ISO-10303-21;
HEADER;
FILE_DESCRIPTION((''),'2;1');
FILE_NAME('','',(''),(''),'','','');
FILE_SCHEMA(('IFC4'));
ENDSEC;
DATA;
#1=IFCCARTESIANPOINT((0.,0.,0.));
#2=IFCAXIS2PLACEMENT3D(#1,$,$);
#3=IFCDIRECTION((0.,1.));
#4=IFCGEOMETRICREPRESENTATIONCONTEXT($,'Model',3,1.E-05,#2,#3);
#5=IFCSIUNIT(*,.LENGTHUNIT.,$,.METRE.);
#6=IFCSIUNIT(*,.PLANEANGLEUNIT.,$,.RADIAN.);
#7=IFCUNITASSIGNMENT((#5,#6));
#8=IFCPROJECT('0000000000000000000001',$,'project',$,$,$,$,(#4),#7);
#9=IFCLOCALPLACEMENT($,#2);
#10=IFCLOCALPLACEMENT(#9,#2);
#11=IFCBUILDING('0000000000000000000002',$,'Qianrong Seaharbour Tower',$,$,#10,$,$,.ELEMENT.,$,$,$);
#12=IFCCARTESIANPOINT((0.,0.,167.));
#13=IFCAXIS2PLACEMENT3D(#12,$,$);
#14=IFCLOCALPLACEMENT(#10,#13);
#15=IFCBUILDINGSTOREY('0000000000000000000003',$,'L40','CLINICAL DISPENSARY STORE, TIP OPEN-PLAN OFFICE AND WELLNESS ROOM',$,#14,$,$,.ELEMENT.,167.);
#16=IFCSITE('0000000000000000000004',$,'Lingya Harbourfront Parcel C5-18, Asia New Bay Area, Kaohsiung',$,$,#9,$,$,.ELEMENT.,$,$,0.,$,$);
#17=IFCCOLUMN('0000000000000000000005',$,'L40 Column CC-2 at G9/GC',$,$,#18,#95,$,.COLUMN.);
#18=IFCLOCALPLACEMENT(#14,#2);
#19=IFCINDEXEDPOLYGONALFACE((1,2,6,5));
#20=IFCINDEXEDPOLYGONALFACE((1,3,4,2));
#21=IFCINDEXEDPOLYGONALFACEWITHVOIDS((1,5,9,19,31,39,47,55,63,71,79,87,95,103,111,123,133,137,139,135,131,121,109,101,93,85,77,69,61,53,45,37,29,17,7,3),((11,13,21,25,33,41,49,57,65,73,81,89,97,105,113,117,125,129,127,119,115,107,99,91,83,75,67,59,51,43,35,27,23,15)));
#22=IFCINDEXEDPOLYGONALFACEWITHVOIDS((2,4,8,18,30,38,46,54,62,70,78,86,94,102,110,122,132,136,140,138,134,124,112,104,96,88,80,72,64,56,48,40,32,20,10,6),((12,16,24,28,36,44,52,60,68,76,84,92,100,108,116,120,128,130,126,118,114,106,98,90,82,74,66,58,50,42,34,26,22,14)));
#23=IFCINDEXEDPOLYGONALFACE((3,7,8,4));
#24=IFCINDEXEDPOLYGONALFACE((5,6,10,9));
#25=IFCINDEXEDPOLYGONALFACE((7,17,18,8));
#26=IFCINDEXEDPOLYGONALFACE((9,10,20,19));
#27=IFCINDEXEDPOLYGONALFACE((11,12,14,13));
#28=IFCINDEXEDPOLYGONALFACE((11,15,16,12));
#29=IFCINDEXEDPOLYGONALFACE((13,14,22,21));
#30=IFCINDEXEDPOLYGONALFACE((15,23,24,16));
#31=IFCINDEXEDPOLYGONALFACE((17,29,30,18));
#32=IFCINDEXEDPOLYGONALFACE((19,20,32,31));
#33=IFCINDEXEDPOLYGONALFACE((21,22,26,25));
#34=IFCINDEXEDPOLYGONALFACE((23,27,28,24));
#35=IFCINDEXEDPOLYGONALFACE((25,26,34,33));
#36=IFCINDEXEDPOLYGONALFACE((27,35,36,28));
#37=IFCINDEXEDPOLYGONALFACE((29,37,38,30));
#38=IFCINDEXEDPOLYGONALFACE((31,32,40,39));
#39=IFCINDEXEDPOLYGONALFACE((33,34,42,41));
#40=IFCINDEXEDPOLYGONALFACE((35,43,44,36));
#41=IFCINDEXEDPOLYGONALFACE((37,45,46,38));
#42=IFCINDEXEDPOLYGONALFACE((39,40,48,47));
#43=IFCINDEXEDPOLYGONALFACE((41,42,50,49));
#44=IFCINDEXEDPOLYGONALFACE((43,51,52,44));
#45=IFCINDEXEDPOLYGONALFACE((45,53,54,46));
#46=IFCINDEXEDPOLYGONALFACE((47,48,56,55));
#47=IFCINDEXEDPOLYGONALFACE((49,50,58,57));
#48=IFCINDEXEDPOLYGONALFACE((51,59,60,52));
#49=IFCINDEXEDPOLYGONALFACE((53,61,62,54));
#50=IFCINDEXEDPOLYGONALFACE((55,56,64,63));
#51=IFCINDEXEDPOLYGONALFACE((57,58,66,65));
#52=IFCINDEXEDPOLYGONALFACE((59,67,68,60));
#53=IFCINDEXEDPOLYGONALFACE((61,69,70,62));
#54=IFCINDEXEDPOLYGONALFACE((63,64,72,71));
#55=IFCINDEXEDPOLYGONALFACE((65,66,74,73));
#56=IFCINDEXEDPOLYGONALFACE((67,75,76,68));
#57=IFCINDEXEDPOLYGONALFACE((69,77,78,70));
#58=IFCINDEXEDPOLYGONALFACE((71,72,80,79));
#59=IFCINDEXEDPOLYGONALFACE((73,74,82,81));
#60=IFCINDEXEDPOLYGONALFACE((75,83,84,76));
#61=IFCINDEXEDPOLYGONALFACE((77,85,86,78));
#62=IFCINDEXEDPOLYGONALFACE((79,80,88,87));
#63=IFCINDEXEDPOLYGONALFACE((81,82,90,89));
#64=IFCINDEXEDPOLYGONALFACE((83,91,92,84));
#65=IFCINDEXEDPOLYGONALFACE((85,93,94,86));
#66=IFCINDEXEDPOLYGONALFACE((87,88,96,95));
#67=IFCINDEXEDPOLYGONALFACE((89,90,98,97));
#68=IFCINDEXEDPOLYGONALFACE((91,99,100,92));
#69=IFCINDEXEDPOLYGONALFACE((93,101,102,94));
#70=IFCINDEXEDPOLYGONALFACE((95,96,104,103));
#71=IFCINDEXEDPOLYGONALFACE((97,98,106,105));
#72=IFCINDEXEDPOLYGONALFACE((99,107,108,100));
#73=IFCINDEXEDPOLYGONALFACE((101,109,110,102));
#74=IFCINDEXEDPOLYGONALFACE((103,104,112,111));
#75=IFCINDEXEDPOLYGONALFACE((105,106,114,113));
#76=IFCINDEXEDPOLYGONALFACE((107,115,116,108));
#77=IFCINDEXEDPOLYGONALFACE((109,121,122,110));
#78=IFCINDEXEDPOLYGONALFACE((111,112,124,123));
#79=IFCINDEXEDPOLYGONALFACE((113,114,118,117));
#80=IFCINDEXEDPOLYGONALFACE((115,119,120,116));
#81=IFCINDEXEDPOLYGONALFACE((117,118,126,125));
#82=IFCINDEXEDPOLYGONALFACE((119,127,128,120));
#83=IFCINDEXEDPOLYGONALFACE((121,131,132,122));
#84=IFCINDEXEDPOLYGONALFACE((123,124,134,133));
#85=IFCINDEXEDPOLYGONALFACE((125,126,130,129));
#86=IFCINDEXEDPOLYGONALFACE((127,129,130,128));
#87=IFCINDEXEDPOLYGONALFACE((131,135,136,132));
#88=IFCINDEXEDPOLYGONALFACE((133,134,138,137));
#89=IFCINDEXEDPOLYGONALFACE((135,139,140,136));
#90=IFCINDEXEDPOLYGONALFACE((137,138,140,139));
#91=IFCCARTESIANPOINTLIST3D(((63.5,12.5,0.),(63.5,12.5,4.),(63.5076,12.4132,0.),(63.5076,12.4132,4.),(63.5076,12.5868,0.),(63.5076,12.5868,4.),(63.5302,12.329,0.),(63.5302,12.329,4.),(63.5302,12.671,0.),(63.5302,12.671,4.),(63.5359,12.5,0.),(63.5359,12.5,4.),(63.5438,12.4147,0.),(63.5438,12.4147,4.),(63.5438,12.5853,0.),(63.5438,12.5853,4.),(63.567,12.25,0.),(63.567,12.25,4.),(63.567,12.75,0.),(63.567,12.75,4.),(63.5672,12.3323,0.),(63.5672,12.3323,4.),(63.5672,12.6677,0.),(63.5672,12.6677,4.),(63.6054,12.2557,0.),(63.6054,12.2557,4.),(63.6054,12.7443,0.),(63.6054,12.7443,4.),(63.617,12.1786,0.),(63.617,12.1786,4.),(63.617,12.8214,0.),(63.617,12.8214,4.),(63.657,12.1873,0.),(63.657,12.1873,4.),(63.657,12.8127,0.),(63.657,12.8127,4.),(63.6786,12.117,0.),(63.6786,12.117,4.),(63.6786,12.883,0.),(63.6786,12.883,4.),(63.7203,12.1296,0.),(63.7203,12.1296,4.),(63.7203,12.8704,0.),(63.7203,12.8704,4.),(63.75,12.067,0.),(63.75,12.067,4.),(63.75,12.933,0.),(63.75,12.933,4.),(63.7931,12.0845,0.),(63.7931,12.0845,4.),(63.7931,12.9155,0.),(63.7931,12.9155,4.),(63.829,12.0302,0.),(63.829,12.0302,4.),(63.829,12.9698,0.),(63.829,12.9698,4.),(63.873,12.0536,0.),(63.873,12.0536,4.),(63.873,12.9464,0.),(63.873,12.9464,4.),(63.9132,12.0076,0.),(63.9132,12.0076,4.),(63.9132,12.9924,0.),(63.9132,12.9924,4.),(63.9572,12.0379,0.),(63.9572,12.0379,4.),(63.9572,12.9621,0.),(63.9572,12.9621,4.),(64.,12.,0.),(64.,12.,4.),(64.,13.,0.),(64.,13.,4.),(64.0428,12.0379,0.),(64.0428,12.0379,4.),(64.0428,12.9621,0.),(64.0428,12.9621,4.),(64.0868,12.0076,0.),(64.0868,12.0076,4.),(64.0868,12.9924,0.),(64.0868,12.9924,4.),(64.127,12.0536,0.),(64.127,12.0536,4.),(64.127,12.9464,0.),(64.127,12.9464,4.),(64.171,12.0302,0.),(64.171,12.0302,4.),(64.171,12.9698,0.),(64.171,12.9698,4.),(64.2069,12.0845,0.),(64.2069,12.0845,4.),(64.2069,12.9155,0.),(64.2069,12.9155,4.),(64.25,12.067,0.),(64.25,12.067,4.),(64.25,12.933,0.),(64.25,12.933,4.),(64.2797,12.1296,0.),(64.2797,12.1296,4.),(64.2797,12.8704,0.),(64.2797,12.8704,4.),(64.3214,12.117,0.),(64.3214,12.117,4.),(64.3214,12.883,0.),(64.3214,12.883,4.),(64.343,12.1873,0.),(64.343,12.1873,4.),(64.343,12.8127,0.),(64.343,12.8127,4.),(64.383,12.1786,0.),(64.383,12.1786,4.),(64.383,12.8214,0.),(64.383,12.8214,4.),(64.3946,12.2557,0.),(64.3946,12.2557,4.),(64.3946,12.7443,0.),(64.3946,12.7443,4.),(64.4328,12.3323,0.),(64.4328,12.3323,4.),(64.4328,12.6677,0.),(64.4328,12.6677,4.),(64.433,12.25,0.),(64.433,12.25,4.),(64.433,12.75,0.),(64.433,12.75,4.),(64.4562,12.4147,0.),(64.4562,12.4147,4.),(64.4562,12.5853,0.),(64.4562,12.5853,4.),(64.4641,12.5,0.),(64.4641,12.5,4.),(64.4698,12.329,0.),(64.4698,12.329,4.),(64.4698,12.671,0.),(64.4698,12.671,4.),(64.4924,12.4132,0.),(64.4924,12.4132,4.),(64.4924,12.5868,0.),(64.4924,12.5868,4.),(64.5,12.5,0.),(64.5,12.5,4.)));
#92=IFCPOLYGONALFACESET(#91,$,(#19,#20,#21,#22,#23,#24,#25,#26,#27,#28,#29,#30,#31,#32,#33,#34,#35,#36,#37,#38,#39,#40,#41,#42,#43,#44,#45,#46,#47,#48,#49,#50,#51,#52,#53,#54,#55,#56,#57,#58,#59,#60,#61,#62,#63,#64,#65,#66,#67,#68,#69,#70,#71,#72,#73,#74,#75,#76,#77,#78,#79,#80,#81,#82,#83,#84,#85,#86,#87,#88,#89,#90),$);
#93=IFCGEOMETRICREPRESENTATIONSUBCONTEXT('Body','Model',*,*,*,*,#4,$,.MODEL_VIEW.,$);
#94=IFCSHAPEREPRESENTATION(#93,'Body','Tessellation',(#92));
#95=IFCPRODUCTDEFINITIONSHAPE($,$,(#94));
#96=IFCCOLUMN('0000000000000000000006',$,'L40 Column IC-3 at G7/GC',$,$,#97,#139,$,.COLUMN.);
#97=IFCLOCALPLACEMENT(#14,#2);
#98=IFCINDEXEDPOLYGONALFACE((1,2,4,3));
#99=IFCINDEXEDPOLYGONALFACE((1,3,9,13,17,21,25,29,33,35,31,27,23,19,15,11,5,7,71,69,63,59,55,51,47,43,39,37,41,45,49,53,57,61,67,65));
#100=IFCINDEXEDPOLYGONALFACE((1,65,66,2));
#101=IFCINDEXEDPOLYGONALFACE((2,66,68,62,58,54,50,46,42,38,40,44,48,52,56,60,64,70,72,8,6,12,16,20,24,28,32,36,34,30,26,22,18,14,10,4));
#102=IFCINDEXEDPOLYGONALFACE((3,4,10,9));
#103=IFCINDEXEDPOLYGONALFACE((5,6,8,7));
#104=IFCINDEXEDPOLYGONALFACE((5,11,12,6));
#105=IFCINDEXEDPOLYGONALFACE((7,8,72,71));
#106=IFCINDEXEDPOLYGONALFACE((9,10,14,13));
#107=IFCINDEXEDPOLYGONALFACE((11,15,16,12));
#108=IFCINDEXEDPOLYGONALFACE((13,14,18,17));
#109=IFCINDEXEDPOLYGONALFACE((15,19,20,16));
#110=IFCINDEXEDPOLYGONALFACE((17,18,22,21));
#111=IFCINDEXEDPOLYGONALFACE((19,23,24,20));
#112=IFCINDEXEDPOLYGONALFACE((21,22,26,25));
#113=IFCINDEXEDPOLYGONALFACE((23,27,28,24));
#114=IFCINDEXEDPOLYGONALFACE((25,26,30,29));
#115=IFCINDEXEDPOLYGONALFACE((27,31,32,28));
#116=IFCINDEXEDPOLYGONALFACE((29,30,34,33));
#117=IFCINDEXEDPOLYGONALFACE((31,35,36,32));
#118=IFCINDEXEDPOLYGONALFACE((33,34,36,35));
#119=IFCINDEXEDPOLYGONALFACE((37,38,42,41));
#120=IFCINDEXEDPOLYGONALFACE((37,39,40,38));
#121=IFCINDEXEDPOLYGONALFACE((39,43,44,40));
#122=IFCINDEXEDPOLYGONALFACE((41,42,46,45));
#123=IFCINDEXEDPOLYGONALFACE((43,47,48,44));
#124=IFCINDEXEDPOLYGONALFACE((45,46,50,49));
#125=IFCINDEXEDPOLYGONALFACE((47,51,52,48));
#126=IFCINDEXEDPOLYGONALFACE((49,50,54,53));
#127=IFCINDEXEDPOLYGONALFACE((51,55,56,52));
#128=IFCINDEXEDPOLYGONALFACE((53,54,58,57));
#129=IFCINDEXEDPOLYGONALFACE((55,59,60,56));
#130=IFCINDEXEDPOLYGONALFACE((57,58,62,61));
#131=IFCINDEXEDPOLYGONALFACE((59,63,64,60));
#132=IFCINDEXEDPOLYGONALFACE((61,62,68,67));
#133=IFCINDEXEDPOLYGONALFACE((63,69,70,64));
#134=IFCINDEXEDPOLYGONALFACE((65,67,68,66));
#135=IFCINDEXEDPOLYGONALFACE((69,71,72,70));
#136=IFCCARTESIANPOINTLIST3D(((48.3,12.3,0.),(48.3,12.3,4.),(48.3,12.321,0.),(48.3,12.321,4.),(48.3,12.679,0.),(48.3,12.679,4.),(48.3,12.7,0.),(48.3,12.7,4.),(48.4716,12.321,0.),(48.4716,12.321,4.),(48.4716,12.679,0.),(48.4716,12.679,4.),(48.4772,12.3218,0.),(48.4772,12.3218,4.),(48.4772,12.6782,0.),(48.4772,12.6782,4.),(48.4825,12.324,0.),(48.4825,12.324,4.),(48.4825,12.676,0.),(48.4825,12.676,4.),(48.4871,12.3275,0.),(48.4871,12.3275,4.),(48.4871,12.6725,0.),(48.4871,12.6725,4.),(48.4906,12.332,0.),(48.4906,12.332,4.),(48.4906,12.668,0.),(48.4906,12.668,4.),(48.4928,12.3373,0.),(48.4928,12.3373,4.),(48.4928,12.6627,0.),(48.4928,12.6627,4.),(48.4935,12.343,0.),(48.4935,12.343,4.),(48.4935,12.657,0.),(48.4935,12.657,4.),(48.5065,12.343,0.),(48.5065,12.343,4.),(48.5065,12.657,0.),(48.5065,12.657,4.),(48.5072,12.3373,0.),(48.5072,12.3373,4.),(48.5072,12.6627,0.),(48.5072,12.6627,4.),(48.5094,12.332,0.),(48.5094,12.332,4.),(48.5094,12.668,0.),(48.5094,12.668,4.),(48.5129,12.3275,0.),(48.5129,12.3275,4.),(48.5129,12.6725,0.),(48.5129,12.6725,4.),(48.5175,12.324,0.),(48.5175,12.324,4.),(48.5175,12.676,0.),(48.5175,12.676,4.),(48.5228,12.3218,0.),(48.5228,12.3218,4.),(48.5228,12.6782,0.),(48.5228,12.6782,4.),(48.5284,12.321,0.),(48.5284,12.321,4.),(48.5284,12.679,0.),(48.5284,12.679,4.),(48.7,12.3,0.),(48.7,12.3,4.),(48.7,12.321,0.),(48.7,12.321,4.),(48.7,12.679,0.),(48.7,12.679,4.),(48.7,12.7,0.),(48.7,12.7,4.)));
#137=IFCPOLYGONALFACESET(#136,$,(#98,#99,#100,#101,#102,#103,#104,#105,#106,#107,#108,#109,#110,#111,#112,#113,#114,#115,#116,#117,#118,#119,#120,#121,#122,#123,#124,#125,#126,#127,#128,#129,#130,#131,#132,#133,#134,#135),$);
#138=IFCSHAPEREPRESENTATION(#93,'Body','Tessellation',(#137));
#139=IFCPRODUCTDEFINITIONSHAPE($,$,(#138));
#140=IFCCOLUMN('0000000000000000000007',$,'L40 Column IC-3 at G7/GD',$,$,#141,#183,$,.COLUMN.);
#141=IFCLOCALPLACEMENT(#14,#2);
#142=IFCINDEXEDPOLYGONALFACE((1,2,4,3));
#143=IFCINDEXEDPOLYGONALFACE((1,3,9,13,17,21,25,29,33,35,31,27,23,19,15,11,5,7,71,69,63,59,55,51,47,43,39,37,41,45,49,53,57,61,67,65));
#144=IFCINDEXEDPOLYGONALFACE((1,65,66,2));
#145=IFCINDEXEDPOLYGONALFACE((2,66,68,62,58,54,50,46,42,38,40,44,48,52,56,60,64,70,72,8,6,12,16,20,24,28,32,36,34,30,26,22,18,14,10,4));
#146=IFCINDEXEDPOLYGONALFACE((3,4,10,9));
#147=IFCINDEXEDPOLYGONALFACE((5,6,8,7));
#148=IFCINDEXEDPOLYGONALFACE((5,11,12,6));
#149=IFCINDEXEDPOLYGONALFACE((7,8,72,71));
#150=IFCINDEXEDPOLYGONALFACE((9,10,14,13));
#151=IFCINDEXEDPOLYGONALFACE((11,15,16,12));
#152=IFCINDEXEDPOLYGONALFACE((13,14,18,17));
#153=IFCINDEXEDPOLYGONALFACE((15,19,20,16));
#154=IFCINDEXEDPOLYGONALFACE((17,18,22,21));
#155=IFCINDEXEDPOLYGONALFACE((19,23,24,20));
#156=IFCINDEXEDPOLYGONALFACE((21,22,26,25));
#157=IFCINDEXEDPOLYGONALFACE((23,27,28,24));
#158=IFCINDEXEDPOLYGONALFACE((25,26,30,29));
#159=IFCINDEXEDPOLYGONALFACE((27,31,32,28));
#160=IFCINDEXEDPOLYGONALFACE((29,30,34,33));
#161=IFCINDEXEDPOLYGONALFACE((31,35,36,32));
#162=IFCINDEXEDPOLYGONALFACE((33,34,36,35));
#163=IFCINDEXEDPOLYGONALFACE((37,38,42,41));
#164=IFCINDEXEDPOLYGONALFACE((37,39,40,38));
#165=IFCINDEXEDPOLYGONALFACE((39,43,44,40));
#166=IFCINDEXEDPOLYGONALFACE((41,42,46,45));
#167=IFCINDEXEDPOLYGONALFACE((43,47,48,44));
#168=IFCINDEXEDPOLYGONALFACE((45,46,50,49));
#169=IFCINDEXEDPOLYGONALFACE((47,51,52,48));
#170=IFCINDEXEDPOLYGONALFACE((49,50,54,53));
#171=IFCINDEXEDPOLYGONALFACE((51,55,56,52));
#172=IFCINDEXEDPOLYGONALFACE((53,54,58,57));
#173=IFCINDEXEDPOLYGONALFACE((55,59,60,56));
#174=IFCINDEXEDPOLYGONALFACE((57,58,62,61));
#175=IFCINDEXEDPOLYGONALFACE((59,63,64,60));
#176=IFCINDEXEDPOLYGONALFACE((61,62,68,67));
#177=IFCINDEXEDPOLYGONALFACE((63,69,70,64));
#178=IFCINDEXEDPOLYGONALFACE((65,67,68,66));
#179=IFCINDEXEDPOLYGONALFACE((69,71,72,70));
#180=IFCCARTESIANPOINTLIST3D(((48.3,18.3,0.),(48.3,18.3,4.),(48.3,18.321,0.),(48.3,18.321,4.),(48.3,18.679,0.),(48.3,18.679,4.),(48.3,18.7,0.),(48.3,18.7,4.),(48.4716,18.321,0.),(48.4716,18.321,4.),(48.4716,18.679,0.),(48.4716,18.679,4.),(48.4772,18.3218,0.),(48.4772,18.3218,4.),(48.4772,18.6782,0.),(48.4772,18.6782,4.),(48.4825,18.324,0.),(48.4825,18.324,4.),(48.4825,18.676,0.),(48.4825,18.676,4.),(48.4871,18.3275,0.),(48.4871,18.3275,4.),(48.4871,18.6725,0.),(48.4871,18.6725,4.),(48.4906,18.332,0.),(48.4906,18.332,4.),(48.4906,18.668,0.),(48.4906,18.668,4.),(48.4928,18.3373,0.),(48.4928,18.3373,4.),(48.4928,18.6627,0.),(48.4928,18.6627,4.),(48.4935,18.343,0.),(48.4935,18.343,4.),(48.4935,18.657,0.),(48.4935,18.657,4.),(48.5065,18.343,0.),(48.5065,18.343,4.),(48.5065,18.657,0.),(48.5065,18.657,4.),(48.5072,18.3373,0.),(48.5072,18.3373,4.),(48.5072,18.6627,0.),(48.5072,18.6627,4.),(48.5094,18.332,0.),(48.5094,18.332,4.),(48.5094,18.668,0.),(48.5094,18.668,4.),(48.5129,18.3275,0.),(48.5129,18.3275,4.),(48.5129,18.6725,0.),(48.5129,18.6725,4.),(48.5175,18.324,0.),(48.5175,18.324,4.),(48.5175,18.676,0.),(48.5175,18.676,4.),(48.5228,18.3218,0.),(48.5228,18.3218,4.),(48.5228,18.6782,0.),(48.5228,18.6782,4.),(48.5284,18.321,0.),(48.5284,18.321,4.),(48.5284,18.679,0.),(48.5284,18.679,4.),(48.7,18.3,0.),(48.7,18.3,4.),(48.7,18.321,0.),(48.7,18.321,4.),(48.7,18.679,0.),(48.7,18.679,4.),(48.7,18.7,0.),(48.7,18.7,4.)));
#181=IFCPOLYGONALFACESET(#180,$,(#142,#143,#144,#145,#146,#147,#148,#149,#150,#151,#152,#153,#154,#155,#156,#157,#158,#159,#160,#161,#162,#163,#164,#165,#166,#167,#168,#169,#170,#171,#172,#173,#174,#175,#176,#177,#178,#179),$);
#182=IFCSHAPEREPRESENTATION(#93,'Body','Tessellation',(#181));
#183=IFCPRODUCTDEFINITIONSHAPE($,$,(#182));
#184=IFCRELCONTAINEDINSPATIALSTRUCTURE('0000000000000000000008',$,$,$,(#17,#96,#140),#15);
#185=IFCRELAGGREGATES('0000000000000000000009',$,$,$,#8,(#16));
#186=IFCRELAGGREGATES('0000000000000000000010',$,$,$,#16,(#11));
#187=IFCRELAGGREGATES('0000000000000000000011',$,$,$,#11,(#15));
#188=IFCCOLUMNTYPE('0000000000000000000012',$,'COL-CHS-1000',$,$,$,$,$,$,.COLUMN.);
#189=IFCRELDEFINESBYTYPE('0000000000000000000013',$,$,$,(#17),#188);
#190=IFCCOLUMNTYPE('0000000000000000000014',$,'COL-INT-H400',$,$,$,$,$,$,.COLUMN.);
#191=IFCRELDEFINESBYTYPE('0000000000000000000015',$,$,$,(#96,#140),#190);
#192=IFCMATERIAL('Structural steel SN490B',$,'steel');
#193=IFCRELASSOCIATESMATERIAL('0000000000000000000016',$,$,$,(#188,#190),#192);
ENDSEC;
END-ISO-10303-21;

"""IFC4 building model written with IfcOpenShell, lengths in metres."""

from ifc_helpers import new_model, si_unit, direction, frame, origin, origin_2d, place, context, subcontext, project, spatial, hollow_circle, i_section, extrude, material, material_profile, profile_set, type_object, element, save


model = new_model("IFC4")

# Units and contexts
model_context = context("Model", 3, precision=1e-05, world=origin(), true_north=direction((0.0, 1.0)))
body_context = subcontext(model_context, "Body", "Model", "MODEL_VIEW")
ifc_project = project(units=[si_unit("LENGTHUNIT", "METRE"), si_unit("PLANEANGLEUNIT", "RADIAN")], contexts=[model_context])

# Site, building, storey
site_placement = place(None, origin())
site = spatial("IfcSite", under=ifc_project, at=site_placement, Name="Lingya Harbourfront Parcel C5-18, Asia New Bay Area, Kaohsiung", CompositionType="ELEMENT", RefElevation=0.0)
building_placement = place(site_placement, origin())
building = spatial("IfcBuilding", under=site, at=building_placement, Name="Qianrong Seaharbour Tower", CompositionType="ELEMENT")
storey_placement = place(building_placement, frame((0.0, 0.0, 167.0)))
storey = spatial("IfcBuildingStorey", under=building, at=storey_placement, Name="L40", Description="CLINICAL DISPENSARY STORE, TIP OPEN-PLAN OFFICE AND WELLNESS ROOM", CompositionType="ELEMENT", Elevation=167.0)

# Columns
ifc_material_1 = material(Name="Structural steel SN490B", Category="steel")
ifc_material_profile_1 = material_profile(ifc_material_1, hollow_circle(Radius=0.5, WallThickness=0.0359, at=origin_2d()), Name="CHS1000x36")
ifc_profile_set_1 = profile_set([ifc_material_profile_1], Name="Structural steel SN490B")
column_type_1 = type_object("IfcColumnType", Name="COL-CHS-1000", PredefinedType="COLUMN", material=ifc_profile_set_1)
column_placement = place(storey_placement, frame((64.0, 12.5, 0.0), z_axis=(0.0, 0.0, 1.0), x_axis=(1.0, 0.0, 0.0)))
element("IfcColumn", 1, at=column_placement, inside=storey, type_object=column_type_1, Name="L40 Column CC-2 at G9/GC", PredefinedType="COLUMN", context=body_context, shape_type="SweptSolid", body=[
    extrude(hollow_circle(Radius=0.5, WallThickness=0.0359, at=origin_2d()), origin(), (0.0, 0.0, 1.0), 4.0),
])
ifc_material_profile_2 = material_profile(ifc_material_1, i_section(OverallWidth=0.3999, OverallDepth=0.3999, WebThickness=0.0129, FlangeThickness=0.021, FilletRadius=0.022, at=origin_2d()), Name="H400x400x13x21")
ifc_profile_set_2 = profile_set([ifc_material_profile_2], Name="Structural steel SN490B")
column_type_2 = type_object("IfcColumnType", Name="COL-INT-H400", PredefinedType="COLUMN", material=ifc_profile_set_2)
for number, where, z_axis, x_axis, name in (
    (2, (48.5, 12.5, 0.0), (0.0, 0.0, 1.0), (1.0, 0.0, 0.0), "L40 Column IC-3 at G7/GC"),
    (3, (48.5, 18.5, 0.0), (0.0, 0.0, 1.0), (1.0, 0.0, 0.0), "L40 Column IC-3 at G7/GD"),
):
    element("IfcColumn", number, at=place(storey_placement, frame(where, z_axis=z_axis, x_axis=x_axis)), inside=storey, type_object=column_type_2, Name=name, PredefinedType="COLUMN", context=body_context, shape_type="SweptSolid", body=[
        extrude(i_section(OverallWidth=0.3999, OverallDepth=0.3999, WebThickness=0.0129, FlangeThickness=0.021, FilletRadius=0.022, at=origin_2d()), origin(), (0.0, 0.0, 1.0), 4.0),
    ])

save(model, "model.ifc")
